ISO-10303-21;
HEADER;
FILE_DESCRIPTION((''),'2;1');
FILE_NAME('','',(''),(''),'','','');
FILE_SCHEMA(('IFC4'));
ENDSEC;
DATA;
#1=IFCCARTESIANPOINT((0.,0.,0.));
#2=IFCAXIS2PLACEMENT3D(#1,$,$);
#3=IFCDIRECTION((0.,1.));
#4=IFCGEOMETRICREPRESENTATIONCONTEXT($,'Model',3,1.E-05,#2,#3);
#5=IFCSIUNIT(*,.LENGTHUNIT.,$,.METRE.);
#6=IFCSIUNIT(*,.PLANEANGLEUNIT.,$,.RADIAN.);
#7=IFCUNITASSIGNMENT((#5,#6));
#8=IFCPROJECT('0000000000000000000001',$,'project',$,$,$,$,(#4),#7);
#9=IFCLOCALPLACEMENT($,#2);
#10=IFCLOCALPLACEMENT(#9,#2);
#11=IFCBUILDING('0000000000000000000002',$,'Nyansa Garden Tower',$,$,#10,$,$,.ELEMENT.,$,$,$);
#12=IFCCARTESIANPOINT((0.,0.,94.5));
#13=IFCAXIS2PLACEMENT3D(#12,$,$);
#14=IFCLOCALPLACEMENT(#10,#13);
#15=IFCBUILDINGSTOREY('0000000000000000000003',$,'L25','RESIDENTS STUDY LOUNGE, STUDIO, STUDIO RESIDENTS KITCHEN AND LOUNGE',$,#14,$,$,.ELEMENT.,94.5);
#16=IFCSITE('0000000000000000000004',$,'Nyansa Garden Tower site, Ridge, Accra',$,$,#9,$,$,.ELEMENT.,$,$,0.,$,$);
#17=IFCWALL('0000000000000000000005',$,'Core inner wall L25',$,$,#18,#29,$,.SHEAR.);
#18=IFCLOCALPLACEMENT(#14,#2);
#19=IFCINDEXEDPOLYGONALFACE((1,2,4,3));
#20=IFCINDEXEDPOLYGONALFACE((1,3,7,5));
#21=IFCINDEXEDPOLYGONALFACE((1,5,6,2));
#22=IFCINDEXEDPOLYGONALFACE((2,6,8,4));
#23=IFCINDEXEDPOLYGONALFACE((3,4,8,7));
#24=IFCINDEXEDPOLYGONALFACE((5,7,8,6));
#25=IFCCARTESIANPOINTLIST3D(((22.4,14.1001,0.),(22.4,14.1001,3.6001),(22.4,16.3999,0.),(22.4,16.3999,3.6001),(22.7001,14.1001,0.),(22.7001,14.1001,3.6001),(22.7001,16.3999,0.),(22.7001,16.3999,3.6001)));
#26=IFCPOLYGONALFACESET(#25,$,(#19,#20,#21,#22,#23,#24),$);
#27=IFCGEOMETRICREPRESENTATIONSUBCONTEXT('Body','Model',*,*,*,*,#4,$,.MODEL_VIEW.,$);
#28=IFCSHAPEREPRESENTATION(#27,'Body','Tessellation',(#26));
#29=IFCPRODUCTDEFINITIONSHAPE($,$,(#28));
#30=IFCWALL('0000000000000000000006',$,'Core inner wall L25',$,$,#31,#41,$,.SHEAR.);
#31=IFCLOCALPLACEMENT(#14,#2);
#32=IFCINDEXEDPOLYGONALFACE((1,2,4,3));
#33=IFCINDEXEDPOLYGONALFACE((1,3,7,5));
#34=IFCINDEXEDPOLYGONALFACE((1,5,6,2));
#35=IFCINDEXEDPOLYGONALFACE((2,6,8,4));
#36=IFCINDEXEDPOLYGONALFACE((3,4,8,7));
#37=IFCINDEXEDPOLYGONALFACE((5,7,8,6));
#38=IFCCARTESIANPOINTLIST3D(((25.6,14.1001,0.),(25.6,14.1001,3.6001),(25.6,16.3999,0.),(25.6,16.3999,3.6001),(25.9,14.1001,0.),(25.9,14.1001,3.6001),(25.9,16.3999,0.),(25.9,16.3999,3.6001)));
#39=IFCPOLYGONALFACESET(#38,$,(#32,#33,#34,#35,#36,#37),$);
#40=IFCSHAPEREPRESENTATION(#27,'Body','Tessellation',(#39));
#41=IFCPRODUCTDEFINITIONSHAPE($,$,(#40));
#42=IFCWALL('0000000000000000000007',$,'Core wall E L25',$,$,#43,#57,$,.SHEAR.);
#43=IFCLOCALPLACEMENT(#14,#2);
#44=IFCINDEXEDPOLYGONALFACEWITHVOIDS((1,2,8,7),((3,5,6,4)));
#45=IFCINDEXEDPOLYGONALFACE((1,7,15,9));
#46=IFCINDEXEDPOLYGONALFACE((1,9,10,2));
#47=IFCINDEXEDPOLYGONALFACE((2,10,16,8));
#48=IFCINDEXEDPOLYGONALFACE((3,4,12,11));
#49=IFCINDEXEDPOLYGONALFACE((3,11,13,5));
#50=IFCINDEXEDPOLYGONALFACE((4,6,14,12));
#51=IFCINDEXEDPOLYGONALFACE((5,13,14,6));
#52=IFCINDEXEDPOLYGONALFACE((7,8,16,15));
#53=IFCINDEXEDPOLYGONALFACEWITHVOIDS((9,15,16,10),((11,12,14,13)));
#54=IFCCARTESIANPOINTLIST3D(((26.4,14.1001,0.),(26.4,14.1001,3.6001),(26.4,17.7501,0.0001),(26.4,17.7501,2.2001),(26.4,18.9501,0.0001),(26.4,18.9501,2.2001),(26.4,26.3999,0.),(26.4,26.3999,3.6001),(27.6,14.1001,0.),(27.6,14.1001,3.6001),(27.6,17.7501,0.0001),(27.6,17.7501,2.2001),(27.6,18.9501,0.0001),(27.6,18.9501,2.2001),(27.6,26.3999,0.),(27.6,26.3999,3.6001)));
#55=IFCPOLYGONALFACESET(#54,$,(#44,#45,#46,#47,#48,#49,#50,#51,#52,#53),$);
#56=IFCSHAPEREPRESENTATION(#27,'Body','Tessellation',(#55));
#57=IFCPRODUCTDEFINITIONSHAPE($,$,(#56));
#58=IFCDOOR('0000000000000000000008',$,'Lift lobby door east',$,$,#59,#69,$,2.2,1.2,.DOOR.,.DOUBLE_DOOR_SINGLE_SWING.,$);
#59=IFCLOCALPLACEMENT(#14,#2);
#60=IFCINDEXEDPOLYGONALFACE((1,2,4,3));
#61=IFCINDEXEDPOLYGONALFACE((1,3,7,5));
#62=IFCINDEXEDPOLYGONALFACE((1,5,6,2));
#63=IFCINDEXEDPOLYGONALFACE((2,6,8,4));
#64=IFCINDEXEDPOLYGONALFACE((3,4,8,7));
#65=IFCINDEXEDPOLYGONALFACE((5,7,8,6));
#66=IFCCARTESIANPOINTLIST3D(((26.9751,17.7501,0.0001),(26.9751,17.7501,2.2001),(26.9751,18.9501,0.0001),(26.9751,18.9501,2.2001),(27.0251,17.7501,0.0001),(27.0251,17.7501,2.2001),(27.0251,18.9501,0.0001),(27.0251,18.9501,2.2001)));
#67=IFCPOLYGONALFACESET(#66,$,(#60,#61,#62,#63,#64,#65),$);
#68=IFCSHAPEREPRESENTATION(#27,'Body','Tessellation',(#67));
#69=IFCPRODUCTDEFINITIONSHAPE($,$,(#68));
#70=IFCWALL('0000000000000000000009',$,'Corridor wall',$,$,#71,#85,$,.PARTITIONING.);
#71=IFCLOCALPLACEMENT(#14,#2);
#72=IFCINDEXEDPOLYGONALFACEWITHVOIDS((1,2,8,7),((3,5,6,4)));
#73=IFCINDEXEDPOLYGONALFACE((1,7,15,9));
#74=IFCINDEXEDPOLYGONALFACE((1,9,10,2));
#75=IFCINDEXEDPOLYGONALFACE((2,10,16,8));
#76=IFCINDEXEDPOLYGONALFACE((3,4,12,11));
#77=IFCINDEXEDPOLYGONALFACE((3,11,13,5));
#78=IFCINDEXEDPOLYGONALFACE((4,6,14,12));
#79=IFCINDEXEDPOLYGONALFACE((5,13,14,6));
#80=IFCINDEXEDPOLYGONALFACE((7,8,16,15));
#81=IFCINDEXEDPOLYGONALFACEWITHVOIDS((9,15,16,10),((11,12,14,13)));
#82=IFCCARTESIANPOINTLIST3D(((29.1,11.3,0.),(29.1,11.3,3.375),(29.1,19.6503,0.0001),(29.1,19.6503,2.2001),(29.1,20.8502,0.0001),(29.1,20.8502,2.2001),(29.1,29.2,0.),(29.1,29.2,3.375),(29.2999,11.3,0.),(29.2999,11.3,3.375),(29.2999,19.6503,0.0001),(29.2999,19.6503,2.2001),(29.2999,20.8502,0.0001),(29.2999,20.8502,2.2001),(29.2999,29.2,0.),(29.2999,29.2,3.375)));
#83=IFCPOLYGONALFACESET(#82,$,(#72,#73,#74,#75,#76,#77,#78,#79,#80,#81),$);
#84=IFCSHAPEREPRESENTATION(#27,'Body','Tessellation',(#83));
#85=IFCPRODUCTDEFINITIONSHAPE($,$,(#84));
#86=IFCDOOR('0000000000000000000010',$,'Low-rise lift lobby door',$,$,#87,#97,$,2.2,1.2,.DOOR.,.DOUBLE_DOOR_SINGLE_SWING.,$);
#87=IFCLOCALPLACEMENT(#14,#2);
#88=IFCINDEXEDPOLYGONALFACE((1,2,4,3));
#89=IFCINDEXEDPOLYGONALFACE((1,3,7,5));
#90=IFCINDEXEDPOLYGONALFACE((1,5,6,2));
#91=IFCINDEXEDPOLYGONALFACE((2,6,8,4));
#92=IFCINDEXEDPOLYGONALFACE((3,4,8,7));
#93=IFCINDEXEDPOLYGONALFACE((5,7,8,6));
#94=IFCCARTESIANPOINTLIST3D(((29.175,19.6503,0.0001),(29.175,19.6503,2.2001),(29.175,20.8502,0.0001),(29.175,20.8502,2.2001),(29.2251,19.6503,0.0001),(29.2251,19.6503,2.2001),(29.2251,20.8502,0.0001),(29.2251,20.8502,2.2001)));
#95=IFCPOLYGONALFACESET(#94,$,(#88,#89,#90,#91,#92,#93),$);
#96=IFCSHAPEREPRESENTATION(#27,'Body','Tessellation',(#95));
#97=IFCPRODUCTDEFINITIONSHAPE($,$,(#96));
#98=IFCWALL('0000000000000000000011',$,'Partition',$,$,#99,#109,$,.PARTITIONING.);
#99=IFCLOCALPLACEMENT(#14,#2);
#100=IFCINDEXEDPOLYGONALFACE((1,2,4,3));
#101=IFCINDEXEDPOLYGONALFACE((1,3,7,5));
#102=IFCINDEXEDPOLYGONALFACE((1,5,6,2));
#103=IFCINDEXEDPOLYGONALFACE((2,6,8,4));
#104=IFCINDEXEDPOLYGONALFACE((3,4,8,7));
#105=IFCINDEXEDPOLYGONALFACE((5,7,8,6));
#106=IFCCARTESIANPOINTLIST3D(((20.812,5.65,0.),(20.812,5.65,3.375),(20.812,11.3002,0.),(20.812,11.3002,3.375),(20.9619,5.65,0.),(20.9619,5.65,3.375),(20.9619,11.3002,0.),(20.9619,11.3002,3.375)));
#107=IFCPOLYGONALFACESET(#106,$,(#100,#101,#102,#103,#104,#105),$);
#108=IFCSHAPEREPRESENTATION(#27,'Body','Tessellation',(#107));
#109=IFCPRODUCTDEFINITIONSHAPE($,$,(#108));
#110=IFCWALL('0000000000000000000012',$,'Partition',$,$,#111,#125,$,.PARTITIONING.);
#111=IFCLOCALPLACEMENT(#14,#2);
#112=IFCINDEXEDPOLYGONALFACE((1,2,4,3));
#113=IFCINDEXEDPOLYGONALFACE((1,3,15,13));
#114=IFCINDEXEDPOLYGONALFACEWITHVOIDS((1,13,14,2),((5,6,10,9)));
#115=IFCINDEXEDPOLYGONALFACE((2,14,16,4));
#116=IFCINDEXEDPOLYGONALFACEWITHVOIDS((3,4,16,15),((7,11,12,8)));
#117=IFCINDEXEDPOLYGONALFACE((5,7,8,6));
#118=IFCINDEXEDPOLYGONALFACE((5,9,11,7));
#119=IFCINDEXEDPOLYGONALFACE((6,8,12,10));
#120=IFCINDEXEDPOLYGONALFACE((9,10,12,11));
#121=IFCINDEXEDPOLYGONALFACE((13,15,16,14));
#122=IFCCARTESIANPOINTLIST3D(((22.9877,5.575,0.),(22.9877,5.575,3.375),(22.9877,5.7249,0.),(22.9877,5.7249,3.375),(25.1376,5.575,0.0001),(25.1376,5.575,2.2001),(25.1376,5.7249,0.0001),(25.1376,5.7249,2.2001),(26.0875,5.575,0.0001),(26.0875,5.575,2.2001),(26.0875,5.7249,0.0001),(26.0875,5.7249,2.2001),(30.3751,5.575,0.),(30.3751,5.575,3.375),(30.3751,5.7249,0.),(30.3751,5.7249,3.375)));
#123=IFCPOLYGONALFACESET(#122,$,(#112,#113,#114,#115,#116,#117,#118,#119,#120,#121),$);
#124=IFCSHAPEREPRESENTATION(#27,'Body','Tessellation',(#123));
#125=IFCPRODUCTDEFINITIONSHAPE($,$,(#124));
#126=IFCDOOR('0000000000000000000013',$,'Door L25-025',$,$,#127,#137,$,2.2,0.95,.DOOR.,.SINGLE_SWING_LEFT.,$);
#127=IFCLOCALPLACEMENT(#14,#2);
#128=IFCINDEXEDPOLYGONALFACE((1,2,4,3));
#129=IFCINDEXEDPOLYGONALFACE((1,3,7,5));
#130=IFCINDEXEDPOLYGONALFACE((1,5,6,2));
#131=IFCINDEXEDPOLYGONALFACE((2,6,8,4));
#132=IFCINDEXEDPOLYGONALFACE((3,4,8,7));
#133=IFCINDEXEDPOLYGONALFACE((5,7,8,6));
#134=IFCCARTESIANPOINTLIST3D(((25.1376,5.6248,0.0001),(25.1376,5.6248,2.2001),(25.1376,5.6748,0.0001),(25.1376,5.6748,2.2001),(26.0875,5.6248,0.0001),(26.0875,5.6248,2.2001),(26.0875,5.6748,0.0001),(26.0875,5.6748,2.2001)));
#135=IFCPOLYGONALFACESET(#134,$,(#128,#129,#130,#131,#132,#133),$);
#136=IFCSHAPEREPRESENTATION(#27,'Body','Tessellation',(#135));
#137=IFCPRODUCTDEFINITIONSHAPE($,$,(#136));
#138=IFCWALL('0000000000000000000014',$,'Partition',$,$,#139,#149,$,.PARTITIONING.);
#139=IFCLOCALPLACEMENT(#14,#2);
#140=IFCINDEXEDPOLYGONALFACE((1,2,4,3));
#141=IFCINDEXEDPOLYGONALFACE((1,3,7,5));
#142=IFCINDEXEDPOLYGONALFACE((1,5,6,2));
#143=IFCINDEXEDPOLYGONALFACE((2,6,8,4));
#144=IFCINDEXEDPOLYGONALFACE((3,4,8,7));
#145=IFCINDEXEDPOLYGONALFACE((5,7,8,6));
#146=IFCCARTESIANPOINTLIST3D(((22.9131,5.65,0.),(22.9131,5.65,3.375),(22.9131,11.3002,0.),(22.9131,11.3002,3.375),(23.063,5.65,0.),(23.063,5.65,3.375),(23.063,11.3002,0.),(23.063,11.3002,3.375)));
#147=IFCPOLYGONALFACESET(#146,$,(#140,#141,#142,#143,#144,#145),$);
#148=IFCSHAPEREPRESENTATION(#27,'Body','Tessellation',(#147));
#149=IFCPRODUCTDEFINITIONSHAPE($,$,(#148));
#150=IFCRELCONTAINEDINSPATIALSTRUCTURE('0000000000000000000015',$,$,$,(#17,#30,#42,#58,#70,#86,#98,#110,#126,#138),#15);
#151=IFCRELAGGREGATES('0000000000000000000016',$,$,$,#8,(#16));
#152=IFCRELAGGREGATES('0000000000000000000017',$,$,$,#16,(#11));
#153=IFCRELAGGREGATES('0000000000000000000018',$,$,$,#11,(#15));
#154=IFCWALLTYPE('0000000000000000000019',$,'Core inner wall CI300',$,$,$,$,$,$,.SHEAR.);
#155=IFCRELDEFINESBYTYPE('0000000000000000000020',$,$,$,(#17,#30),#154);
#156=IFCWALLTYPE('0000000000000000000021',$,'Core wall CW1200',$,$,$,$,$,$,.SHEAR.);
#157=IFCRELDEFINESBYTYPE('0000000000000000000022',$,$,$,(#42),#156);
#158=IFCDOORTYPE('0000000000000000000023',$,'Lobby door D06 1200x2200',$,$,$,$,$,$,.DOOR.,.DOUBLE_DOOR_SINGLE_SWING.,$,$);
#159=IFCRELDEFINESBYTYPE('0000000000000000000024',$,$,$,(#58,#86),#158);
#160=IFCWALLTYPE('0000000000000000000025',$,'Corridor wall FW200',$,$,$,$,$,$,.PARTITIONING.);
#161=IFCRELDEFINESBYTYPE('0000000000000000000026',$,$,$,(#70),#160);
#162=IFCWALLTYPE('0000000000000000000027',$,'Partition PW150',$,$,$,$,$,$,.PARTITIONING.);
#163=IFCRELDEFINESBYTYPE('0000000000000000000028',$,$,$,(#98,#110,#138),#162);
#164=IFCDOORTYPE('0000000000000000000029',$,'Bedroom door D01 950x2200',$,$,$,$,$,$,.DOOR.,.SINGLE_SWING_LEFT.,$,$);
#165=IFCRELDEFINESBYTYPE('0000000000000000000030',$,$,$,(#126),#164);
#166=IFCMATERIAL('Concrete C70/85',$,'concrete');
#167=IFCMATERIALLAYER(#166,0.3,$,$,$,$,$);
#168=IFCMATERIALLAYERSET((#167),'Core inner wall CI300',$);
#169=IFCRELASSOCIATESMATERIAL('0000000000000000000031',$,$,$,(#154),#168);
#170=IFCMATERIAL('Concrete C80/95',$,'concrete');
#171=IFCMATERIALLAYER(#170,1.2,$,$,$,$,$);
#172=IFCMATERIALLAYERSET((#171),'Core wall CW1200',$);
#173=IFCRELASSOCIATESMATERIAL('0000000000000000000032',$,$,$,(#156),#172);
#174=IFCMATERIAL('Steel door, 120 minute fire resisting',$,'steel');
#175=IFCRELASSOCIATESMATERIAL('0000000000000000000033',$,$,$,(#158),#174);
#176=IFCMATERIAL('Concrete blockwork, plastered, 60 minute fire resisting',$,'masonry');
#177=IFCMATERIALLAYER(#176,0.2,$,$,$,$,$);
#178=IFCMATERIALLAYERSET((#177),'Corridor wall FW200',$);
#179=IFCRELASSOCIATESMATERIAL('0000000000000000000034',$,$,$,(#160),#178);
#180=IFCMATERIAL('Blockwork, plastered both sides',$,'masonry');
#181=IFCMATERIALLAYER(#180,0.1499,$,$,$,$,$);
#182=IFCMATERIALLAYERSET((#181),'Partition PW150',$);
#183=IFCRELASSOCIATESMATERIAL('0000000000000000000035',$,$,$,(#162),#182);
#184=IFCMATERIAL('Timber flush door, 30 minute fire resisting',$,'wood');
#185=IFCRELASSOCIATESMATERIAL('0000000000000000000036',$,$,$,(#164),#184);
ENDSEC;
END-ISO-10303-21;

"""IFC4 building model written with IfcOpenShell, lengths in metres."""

from ifc_helpers import new_model, si_unit, direction, frame, frame_2d, origin, place, context, subcontext, project, spatial, rectangle, extrude, material, layer, layer_set, type_object, element, fill, save


model = new_model("IFC4")

# Units and contexts
model_context = context("Model", 3, precision=1e-05, world=origin(), true_north=direction((0.0, 1.0)))
body_context = subcontext(model_context, "Body", "Model", "MODEL_VIEW")
ifc_project = project(units=[si_unit("LENGTHUNIT", "METRE"), si_unit("PLANEANGLEUNIT", "RADIAN")], contexts=[model_context])

# Site, building, storey
site_placement = place(None, origin())
site = spatial("IfcSite", under=ifc_project, at=site_placement, Name="Nyansa Garden Tower site, Ridge, Accra", CompositionType="ELEMENT", RefElevation=0.0)
building_placement = place(site_placement, origin())
building = spatial("IfcBuilding", under=site, at=building_placement, Name="Nyansa Garden Tower", CompositionType="ELEMENT")
storey_placement = place(building_placement, frame((0.0, 0.0, 94.5)))
storey = spatial("IfcBuildingStorey", under=building, at=storey_placement, Name="L25", Description="RESIDENTS STUDY LOUNGE, STUDIO, STUDIO RESIDENTS KITCHEN AND LOUNGE", CompositionType="ELEMENT", Elevation=94.5)

# Walls
ifc_material_1 = material(Name="Concrete C70/85", Category="concrete")
ifc_layer_1 = layer(ifc_material_1, 0.3)
ifc_layer_set_1 = layer_set([ifc_layer_1], Name="Core inner wall CI300")
wall_type_1 = type_object("IfcWallType", Name="Core inner wall CI300", PredefinedType="SHEAR", material=ifc_layer_set_1)
for number, where, z_axis, x_axis, name in (
    (1, (22.55, 14.1001, 0.0), (0.0, 0.0, 1.0), (0.0, 1.0, 0.0), "Core inner wall L25"),
    (2, (25.75, 14.1001, 0.0), (0.0, 0.0, 1.0), (0.0, 1.0, 0.0), "Core inner wall L25"),
):
    element("IfcWall", number, at=place(storey_placement, frame(where, z_axis=z_axis, x_axis=x_axis)), inside=storey, type_object=wall_type_1, Name=name, PredefinedType="SHEAR", context=body_context, shape_type="SweptSolid", body=[
        extrude(rectangle(XDim=2.2998, YDim=0.3, at=frame_2d((1.1499, 0.0))), origin(), (0.0, 0.0, 1.0), 3.6001),
    ])

# Walls, openings, doors
ifc_material_2 = material(Name="Concrete C80/95", Category="concrete")
ifc_layer_2 = layer(ifc_material_2, 1.2)
ifc_layer_set_2 = layer_set([ifc_layer_2], Name="Core wall CW1200")
wall_type_2 = type_object("IfcWallType", Name="Core wall CW1200", PredefinedType="SHEAR", material=ifc_layer_set_2)
wall_1_placement = place(storey_placement, frame((27.0, 14.1001, 0.0), z_axis=(0.0, 0.0, 1.0), x_axis=(0.0, 1.0, 0.0)))
wall_1 = element("IfcWall", 3, at=wall_1_placement, inside=storey, type_object=wall_type_2, Name="Core wall E L25", PredefinedType="SHEAR", context=body_context, shape_type="SweptSolid", body=[
    extrude(rectangle(XDim=12.2998, YDim=1.2, at=frame_2d((6.1499, 0.0))), origin(), (0.0, 0.0, 1.0), 3.6001),
])
opening_1_placement = place(wall_1_placement, frame((3.6499, 0.0, 0.0)))
opening_1 = element("IfcOpeningElement", 4, at=opening_1_placement, cuts=wall_1, PredefinedType="OPENING", context=body_context, shape_type="SweptSolid", body=[
    extrude(rectangle(XDim=1.2, YDim=2.2, at=frame_2d((0.6001, 1.1001))), frame((0.0, 0.6099, 0.0), z_axis=(0.0, -1.0, 0.0), x_axis=(1.0, 0.0, 0.0)), (0.0, 0.0, 1.0), 1.22),
])
ifc_material_3 = material(Name="Steel door, 120 minute fire resisting", Category="steel")
door_type_1 = type_object("IfcDoorType", Name="Lobby door D06 1200x2200", OperationType="DOUBLE_DOOR_SINGLE_SWING", PredefinedType="DOOR", material=ifc_material_3)
door_1_placement = place(opening_1_placement, origin())
door_1 = element("IfcDoor", 5, at=door_1_placement, inside=storey, type_object=door_type_1, Name="Lift lobby door east", OperationType="DOUBLE_DOOR_SINGLE_SWING", OverallHeight=2.2, OverallWidth=1.2, PredefinedType="DOOR", context=body_context, shape_type="SweptSolid", body=[
    extrude(rectangle(XDim=1.2, YDim=2.2, at=frame_2d((0.6001, 1.1001))), frame((0.0, 0.0249, 0.0), z_axis=(0.0, -1.0, 0.0), x_axis=(1.0, 0.0, 0.0)), (0.0, 0.0, 1.0), 0.05),
])
fill(opening_1, door_1)
ifc_material_4 = material(Name="Concrete blockwork, plastered, 60 minute fire resisting", Category="masonry")
ifc_layer_3 = layer(ifc_material_4, 0.2)
ifc_layer_set_3 = layer_set([ifc_layer_3], Name="Corridor wall FW200")
wall_type_3 = type_object("IfcWallType", Name="Corridor wall FW200", PredefinedType="PARTITIONING", material=ifc_layer_set_3)
wall_2_placement = place(storey_placement, frame((29.2, 11.3, 0.0), z_axis=(0.0, 0.0, 1.0), x_axis=(0.0, 1.0, 0.0)))
wall_2 = element("IfcWall", 6, at=wall_2_placement, inside=storey, type_object=wall_type_3, Name="Corridor wall", PredefinedType="PARTITIONING", context=body_context, shape_type="SweptSolid", body=[
    extrude(rectangle(XDim=17.8999, YDim=0.2, at=frame_2d((8.95, 0.0))), origin(), (0.0, 0.0, 1.0), 3.375),
])
opening_2_placement = place(wall_2_placement, frame((8.3501, 0.0, 0.0)))
opening_2 = element("IfcOpeningElement", 7, at=opening_2_placement, cuts=wall_2, PredefinedType="OPENING", context=body_context, shape_type="SweptSolid", body=[
    extrude(rectangle(XDim=1.2, YDim=2.2, at=frame_2d((0.6001, 1.1001))), frame((0.0, 0.1099, 0.0), z_axis=(0.0, -1.0, 0.0), x_axis=(1.0, 0.0, 0.0)), (0.0, 0.0, 1.0), 0.22),
])
door_2_placement = place(opening_2_placement, origin())
door_2 = element("IfcDoor", 8, at=door_2_placement, inside=storey, type_object=door_type_1, Name="Low-rise lift lobby door", OperationType="DOUBLE_DOOR_SINGLE_SWING", OverallHeight=2.2, OverallWidth=1.2, PredefinedType="DOOR", context=body_context, shape_type="SweptSolid", body=[
    extrude(rectangle(XDim=1.2, YDim=2.2, at=frame_2d((0.6001, 1.1001))), frame((0.0, 0.0249, 0.0), z_axis=(0.0, -1.0, 0.0), x_axis=(1.0, 0.0, 0.0)), (0.0, 0.0, 1.0), 0.05),
])
fill(opening_2, door_2)

# Wall
ifc_material_5 = material(Name="Blockwork, plastered both sides", Category="masonry")
ifc_layer_4 = layer(ifc_material_5, 0.1499)
ifc_layer_set_4 = layer_set([ifc_layer_4], Name="Partition PW150")
wall_type_4 = type_object("IfcWallType", Name="Partition PW150", PredefinedType="PARTITIONING", material=ifc_layer_set_4)
wall_3_placement = place(storey_placement, frame((20.887, 5.6499, 0.0), z_axis=(0.0, 0.0, 1.0), x_axis=(0.0, 1.0, 0.0)))
element("IfcWall", 9, at=wall_3_placement, inside=storey, type_object=wall_type_4, Name="Partition", PredefinedType="PARTITIONING", context=body_context, shape_type="SweptSolid", body=[
    extrude(rectangle(XDim=5.6501, YDim=0.1499, at=frame_2d((2.8252, 0.0))), origin(), (0.0, 0.0, 1.0), 3.375),
])

# Wall, opening, door
wall_4_placement = place(storey_placement, frame((22.9875, 5.6499, 0.0), z_axis=(0.0, 0.0, 1.0), x_axis=(1.0, 0.0, 0.0)))
wall_4 = element("IfcWall", 10, at=wall_4_placement, inside=storey, type_object=wall_type_4, Name="Partition", PredefinedType="PARTITIONING", context=body_context, shape_type="SweptSolid", body=[
    extrude(rectangle(XDim=7.3875, YDim=0.1499, at=frame_2d((3.6938, 0.0))), origin(), (0.0, 0.0, 1.0), 3.375),
])
opening_3_placement = place(wall_4_placement, frame((2.1499, 0.0, 0.0)))
opening_3 = element("IfcOpeningElement", 11, at=opening_3_placement, cuts=wall_4, PredefinedType="OPENING", context=body_context, shape_type="SweptSolid", body=[
    extrude(rectangle(XDim=0.95, YDim=2.2, at=frame_2d((0.4751, 1.1001))), frame((0.0, 0.085, 0.0), z_axis=(0.0, -1.0, 0.0), x_axis=(1.0, 0.0, 0.0)), (0.0, 0.0, 1.0), 0.1699),
])
ifc_material_6 = material(Name="Timber flush door, 30 minute fire resisting", Category="wood")
door_type_2 = type_object("IfcDoorType", Name="Bedroom door D01 950x2200", OperationType="SINGLE_SWING_LEFT", PredefinedType="DOOR", material=ifc_material_6)
door_3_placement = place(opening_3_placement, origin())
door_3 = element("IfcDoor", 12, at=door_3_placement, inside=storey, type_object=door_type_2, Name="Door L25-025", OperationType="SINGLE_SWING_LEFT", OverallHeight=2.2, OverallWidth=0.95, PredefinedType="DOOR", context=body_context, shape_type="SweptSolid", body=[
    extrude(rectangle(XDim=0.95, YDim=2.2, at=frame_2d((0.4751, 1.1001))), frame((0.0, 0.0249, 0.0), z_axis=(0.0, -1.0, 0.0), x_axis=(1.0, 0.0, 0.0)), (0.0, 0.0, 1.0), 0.05),
])
fill(opening_3, door_3)

# Wall
wall_5_placement = place(storey_placement, frame((22.988, 5.6499, 0.0), z_axis=(0.0, 0.0, 1.0), x_axis=(0.0, 1.0, 0.0)))
element("IfcWall", 13, at=wall_5_placement, inside=storey, type_object=wall_type_4, Name="Partition", PredefinedType="PARTITIONING", context=body_context, shape_type="SweptSolid", body=[
    extrude(rectangle(XDim=5.6501, YDim=0.1499, at=frame_2d((2.8252, 0.0))), origin(), (0.0, 0.0, 1.0), 3.375),
])

save(model, "model.ifc")
